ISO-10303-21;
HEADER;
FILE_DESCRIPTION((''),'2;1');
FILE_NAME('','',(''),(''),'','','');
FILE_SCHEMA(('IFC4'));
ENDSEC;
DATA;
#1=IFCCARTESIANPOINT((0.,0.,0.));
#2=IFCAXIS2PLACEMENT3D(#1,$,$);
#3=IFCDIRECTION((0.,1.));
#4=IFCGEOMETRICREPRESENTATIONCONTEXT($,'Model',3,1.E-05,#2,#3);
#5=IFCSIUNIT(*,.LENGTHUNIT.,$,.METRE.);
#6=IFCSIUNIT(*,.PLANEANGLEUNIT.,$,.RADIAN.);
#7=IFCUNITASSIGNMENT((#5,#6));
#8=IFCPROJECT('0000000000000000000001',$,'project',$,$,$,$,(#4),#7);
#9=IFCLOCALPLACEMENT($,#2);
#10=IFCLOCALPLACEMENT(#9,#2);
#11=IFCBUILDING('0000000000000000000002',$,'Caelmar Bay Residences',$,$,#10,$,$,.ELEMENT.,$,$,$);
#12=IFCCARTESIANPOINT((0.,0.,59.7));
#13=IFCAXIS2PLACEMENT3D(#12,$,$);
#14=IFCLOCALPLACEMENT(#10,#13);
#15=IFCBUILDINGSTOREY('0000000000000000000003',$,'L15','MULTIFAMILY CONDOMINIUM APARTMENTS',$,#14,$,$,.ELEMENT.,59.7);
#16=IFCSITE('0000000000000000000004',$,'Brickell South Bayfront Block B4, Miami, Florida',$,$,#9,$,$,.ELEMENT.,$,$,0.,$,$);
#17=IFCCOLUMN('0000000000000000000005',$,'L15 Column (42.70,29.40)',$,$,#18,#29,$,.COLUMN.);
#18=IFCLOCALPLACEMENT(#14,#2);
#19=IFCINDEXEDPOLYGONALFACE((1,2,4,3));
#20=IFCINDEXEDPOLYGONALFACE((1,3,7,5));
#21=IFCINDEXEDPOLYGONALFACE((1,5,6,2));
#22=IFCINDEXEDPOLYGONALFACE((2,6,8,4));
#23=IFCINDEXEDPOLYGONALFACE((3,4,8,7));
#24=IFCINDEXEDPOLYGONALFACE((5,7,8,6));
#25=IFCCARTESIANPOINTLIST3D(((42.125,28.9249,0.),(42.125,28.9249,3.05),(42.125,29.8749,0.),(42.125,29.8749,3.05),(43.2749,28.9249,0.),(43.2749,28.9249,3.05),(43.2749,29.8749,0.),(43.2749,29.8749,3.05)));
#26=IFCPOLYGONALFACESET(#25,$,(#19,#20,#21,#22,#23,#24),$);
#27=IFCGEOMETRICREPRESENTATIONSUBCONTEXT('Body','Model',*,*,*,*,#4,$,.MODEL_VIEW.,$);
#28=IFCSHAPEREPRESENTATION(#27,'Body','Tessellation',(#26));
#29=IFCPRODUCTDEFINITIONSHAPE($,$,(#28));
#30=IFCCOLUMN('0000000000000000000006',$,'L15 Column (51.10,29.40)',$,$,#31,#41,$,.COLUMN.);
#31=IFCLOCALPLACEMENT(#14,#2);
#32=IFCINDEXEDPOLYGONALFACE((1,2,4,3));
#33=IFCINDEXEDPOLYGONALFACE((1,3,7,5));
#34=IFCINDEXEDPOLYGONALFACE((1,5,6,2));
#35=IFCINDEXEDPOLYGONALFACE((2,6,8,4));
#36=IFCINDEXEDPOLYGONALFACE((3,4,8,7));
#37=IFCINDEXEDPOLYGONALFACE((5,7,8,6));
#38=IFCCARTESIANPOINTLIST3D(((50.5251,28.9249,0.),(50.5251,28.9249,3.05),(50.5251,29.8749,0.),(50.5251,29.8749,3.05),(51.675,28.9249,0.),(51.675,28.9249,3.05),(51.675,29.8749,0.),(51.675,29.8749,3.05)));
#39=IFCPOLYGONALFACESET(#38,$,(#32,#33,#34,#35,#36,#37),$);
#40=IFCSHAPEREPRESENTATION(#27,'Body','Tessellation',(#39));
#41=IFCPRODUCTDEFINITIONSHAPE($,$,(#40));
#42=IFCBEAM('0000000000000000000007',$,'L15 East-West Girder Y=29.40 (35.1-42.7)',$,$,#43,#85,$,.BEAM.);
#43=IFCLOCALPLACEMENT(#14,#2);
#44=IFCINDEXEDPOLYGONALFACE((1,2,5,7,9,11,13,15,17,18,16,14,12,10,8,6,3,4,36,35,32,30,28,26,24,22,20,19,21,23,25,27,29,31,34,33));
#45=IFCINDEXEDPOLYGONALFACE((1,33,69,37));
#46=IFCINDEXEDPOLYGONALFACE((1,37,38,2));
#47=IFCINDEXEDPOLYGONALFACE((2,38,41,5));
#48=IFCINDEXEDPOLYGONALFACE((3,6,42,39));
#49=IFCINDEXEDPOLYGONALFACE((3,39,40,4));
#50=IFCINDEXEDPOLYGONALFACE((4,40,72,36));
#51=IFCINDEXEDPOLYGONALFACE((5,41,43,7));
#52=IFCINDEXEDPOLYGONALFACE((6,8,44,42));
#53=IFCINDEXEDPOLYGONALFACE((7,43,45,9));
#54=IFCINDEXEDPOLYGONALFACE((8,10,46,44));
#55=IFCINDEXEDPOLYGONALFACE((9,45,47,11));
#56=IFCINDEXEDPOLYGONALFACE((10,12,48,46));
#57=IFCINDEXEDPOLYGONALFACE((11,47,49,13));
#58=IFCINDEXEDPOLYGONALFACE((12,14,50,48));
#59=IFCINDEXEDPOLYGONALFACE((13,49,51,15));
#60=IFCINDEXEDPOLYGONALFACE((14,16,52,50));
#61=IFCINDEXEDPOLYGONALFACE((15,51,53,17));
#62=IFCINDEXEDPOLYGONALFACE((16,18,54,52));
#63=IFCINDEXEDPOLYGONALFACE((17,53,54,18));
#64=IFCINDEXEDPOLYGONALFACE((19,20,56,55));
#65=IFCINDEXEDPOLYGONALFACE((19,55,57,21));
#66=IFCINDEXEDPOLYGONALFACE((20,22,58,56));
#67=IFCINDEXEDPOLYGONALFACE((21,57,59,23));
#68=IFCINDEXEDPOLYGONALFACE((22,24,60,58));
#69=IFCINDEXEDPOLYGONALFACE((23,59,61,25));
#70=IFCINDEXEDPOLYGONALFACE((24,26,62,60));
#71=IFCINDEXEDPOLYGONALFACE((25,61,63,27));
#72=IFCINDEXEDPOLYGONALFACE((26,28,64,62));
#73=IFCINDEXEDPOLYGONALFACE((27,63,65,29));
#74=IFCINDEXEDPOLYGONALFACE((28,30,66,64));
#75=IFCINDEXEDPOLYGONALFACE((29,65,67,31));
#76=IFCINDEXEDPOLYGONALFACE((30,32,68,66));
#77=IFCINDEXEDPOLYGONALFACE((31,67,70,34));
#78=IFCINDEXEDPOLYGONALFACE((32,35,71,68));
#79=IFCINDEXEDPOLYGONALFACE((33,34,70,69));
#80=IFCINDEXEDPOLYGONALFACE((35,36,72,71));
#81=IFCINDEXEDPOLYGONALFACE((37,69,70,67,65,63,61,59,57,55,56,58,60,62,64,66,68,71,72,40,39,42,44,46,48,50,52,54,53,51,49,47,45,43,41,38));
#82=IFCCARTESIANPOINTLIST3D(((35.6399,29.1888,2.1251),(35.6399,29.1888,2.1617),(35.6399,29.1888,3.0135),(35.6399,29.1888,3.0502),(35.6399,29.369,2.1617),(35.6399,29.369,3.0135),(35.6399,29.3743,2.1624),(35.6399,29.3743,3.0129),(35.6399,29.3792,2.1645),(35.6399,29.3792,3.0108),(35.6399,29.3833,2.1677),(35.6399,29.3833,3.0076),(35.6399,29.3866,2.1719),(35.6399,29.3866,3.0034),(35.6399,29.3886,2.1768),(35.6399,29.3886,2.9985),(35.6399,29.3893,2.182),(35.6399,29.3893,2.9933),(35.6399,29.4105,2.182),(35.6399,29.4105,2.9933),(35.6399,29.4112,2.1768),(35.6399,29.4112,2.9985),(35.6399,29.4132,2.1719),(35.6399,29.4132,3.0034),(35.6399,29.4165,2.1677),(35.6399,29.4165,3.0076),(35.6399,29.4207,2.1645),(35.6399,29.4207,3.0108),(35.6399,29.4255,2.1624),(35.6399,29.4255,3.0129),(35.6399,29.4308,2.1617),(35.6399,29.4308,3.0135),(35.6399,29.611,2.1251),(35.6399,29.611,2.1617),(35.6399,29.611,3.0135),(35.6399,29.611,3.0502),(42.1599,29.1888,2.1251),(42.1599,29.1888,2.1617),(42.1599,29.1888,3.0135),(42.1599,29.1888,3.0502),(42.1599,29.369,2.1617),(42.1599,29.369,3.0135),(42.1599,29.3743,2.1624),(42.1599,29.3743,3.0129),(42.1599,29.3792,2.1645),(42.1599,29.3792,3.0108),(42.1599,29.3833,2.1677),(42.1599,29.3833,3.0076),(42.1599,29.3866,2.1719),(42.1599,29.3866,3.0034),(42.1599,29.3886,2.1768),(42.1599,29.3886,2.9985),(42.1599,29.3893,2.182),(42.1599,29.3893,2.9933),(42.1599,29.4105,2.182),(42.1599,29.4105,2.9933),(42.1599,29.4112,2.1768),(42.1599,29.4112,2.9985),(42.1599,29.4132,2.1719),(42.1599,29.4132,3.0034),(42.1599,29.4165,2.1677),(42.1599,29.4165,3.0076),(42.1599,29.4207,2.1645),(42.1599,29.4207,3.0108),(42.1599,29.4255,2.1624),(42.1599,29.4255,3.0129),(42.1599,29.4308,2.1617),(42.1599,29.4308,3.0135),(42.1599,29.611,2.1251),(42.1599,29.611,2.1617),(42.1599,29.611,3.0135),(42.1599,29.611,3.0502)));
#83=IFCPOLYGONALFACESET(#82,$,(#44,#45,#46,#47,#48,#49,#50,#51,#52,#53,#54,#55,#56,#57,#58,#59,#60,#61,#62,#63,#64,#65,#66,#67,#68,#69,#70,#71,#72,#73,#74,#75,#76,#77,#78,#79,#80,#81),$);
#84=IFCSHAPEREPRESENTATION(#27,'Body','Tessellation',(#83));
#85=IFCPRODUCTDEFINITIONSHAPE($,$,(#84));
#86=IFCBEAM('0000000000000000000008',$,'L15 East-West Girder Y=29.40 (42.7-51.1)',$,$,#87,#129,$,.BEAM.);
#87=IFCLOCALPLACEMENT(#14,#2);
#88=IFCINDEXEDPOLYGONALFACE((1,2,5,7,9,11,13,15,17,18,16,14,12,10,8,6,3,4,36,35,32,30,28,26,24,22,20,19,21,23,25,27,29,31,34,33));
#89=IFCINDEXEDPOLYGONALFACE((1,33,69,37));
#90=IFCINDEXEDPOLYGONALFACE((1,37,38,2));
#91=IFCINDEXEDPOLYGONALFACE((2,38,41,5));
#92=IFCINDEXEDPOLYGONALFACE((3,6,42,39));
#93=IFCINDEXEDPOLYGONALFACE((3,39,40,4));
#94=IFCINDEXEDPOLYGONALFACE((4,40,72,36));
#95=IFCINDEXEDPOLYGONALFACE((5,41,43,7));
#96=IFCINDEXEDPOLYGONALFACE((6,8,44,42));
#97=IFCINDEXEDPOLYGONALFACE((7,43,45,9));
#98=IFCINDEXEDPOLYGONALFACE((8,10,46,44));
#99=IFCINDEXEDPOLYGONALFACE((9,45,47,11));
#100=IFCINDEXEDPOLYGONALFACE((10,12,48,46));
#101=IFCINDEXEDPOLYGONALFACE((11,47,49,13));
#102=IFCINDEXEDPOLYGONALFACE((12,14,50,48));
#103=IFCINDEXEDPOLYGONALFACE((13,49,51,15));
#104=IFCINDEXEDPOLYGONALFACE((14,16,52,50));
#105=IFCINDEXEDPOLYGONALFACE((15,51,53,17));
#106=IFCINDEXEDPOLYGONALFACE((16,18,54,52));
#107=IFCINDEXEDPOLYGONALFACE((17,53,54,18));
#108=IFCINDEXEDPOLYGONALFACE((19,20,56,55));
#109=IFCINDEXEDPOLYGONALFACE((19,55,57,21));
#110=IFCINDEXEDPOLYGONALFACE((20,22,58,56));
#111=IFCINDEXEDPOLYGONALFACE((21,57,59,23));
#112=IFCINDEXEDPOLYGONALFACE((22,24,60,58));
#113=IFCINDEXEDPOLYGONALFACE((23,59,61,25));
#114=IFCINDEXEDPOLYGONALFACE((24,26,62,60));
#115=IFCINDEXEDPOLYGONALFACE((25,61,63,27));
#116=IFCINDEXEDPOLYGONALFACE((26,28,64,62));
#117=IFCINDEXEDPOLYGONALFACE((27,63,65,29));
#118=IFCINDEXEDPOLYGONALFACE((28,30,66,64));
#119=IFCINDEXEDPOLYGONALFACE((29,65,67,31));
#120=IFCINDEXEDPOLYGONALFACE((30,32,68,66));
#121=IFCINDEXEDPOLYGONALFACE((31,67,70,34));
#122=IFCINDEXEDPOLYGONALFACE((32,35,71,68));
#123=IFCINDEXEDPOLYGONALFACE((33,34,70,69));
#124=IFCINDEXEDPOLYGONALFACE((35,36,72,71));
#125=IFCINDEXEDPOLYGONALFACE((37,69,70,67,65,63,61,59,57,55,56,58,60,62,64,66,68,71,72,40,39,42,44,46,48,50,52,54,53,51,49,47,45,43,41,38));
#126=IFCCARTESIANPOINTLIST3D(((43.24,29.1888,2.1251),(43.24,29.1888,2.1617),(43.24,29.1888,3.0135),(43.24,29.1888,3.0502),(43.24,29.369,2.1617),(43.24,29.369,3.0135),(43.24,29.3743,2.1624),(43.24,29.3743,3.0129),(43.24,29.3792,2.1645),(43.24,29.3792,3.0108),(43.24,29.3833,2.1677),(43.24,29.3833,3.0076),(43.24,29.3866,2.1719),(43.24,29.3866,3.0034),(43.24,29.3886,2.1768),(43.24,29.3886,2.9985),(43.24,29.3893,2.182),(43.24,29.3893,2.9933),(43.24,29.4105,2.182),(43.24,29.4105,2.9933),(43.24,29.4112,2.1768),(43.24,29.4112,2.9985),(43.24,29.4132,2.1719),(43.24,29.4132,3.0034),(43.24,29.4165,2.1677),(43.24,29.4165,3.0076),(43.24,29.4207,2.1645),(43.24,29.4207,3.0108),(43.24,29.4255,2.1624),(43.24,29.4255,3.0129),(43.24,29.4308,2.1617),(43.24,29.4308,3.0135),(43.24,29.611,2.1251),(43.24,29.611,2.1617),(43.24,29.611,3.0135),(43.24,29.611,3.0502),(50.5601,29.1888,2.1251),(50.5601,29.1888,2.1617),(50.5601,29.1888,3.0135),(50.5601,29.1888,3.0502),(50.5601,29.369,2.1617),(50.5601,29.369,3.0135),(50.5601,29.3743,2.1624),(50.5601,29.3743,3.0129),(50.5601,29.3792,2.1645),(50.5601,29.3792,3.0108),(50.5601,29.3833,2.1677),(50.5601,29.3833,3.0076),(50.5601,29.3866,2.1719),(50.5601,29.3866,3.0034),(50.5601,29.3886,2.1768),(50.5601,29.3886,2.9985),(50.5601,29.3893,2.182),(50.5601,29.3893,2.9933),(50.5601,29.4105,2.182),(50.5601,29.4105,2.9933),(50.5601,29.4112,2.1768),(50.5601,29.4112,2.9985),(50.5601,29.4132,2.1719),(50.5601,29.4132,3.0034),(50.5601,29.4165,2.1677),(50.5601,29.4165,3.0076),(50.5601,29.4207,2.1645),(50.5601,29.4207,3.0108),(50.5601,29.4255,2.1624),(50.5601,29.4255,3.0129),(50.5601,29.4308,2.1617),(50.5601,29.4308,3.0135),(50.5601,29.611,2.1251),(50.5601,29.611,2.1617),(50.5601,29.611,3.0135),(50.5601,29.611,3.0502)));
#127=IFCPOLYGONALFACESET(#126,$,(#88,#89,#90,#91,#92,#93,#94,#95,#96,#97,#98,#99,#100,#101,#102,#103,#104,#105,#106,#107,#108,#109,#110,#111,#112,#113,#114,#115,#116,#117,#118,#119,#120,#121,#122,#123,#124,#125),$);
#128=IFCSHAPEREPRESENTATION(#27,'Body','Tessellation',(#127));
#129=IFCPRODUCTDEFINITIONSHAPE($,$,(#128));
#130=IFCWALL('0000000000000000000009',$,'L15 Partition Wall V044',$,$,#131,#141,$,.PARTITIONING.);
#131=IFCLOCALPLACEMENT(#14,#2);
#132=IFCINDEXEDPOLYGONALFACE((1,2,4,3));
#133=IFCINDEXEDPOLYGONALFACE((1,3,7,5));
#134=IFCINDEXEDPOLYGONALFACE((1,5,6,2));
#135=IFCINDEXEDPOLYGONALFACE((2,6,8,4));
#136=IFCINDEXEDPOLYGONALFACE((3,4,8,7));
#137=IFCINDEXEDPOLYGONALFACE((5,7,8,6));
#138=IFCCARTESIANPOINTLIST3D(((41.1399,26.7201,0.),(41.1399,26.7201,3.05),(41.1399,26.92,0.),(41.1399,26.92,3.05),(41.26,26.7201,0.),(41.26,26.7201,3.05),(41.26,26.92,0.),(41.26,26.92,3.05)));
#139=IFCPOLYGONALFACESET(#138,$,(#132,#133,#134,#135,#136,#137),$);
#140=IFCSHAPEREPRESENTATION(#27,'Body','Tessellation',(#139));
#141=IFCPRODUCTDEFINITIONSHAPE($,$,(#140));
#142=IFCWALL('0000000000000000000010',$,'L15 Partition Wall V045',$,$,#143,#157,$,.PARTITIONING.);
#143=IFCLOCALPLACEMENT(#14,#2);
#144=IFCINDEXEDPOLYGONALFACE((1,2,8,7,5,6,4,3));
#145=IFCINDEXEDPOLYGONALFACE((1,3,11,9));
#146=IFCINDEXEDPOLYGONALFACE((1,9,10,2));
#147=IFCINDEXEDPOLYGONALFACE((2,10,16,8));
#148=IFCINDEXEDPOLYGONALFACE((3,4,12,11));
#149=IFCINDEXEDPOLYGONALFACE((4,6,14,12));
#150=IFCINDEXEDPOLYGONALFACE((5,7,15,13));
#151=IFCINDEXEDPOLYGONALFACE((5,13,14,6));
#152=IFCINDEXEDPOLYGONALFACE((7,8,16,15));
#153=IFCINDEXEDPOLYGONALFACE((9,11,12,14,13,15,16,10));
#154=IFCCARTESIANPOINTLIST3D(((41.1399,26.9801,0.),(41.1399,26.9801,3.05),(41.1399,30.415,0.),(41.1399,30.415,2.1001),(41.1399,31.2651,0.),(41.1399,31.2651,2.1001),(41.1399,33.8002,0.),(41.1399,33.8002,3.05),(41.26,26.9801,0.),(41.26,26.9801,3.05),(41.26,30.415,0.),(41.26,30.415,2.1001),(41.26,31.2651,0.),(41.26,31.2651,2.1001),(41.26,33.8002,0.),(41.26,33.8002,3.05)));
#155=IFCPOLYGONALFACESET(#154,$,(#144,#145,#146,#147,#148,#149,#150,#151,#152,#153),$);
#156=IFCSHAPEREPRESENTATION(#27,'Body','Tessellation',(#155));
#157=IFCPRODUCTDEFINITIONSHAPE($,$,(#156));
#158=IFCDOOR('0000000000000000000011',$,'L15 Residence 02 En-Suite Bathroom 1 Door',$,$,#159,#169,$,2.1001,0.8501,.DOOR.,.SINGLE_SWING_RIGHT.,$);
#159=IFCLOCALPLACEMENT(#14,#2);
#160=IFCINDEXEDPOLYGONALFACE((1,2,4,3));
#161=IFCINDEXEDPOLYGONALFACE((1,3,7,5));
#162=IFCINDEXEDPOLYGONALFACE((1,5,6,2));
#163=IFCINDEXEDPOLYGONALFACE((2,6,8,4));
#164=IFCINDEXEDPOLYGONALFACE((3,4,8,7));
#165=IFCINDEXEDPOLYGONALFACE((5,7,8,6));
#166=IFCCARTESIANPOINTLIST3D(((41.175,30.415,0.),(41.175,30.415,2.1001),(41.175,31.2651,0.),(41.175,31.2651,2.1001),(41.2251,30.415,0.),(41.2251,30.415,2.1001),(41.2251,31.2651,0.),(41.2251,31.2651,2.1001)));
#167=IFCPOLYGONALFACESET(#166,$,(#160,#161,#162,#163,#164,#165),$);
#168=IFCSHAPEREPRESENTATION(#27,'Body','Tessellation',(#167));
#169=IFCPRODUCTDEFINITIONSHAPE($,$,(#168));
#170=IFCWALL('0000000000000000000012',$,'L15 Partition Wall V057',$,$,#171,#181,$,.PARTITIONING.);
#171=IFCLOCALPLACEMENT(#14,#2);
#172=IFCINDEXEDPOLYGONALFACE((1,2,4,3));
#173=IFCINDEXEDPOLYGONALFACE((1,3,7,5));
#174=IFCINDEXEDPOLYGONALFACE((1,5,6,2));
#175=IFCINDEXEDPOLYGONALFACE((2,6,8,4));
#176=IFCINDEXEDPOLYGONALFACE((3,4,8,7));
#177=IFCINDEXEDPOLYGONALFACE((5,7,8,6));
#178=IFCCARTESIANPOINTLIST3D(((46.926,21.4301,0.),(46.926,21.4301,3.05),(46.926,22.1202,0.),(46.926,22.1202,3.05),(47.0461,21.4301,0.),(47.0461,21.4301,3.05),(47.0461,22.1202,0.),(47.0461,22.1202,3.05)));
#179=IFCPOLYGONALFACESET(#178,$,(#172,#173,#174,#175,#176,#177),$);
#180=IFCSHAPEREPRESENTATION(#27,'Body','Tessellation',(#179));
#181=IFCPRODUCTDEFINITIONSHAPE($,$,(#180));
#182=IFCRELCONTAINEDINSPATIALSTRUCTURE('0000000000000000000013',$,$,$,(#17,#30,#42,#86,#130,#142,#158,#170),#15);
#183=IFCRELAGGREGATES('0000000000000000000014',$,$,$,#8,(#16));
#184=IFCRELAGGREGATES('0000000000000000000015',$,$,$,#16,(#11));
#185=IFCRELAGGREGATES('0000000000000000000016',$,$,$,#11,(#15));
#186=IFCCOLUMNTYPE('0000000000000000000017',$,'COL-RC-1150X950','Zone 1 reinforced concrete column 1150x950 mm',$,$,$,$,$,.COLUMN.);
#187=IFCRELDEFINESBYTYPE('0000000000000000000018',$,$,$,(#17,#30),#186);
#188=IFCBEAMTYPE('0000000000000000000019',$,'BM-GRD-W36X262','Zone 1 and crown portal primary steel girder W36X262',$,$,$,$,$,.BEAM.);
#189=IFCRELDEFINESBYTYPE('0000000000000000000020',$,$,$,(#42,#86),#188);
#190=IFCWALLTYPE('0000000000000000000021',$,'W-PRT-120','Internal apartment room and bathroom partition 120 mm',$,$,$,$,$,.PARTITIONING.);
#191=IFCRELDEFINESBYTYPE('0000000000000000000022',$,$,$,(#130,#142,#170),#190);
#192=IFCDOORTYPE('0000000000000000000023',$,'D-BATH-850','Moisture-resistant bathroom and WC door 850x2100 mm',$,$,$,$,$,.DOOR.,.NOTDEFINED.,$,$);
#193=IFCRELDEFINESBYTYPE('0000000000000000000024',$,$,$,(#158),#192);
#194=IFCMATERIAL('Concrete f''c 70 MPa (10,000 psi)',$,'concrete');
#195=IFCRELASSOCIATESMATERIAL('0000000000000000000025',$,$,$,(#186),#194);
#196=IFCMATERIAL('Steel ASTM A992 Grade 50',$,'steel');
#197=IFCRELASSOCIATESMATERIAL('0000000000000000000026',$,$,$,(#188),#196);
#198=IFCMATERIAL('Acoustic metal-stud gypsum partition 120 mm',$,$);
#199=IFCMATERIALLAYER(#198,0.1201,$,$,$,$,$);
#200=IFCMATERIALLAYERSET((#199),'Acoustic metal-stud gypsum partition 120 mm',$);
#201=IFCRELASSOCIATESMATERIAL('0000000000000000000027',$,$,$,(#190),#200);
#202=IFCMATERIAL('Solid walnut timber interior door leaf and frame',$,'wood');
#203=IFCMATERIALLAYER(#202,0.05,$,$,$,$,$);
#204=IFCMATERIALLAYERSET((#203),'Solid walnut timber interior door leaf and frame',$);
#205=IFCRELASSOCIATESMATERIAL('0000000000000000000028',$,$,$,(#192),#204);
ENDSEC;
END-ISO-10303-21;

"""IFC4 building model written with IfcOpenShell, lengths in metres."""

from ifc_helpers import new_model, si_unit, direction, frame, frame_2d, origin, origin_2d, place, context, subcontext, project, spatial, rectangle, i_section, extrude, material, layer, layer_set, material_profile, profile_set, type_object, element, fill, save


model = new_model("IFC4")

# Units and contexts
model_context = context("Model", 3, precision=1e-05, world=origin(), true_north=direction((0.0, 1.0)))
body_context = subcontext(model_context, "Body", "Model", "MODEL_VIEW")
ifc_project = project(units=[si_unit("LENGTHUNIT", "METRE"), si_unit("PLANEANGLEUNIT", "RADIAN")], contexts=[model_context])

# Site, building, storey
site_placement = place(None, origin())
site = spatial("IfcSite", under=ifc_project, at=site_placement, Name="Brickell South Bayfront Block B4, Miami, Florida", CompositionType="ELEMENT", RefElevation=0.0)
building_placement = place(site_placement, origin())
building = spatial("IfcBuilding", under=site, at=building_placement, Name="Caelmar Bay Residences", CompositionType="ELEMENT")
storey_placement = place(building_placement, frame((0.0, 0.0, 59.7)))
storey = spatial("IfcBuildingStorey", under=building, at=storey_placement, Name="L15", Description="MULTIFAMILY CONDOMINIUM APARTMENTS", CompositionType="ELEMENT", Elevation=59.7)

# Columns
ifc_material_1 = material(Name="Concrete f'c 70 MPa (10,000 psi)", Category="concrete")
ifc_material_profile_1 = material_profile(ifc_material_1, rectangle(XDim=1.1499, YDim=0.95, at=origin_2d()), Name="RC-COL-1150X950")
ifc_profile_set_1 = profile_set([ifc_material_profile_1], Name="Concrete f'c 70 MPa (10,000 psi)")
column_type = type_object("IfcColumnType", Name="COL-RC-1150X950", Description="Zone 1 reinforced concrete column 1150x950 mm", PredefinedType="COLUMN", material=ifc_profile_set_1)
for number, where, z_axis, x_axis, name in (
    (1, (42.7, 29.3999, 0.0), (0.0, 0.0, 1.0), (1.0, 0.0, 0.0), "L15 Column (42.70,29.40)"),
    (2, (51.1001, 29.3999, 0.0), (0.0, 0.0, 1.0), (1.0, 0.0, 0.0), "L15 Column (51.10,29.40)"),
):
    element("IfcColumn", number, at=place(storey_placement, frame(where, z_axis=z_axis, x_axis=x_axis)), inside=storey, type_object=column_type, Name=name, PredefinedType="COLUMN", context=body_context, shape_type="SweptSolid", body=[
        extrude(rectangle(XDim=1.1499, YDim=0.95, at=origin_2d()), origin(), (0.0, 0.0, 1.0), 3.05),
    ])

# Beams
ifc_material_2 = material(Name="Steel ASTM A992 Grade 50", Category="steel")
ifc_material_profile_2 = material_profile(ifc_material_2, i_section(OverallWidth=0.4221, OverallDepth=0.925, WebThickness=0.0212, FlangeThickness=0.0366, FilletRadius=0.0203, at=origin_2d()), Name="W36X262")
ifc_profile_set_2 = profile_set([ifc_material_profile_2], Name="Steel ASTM A992 Grade 50")
beam_type = type_object("IfcBeamType", Name="BM-GRD-W36X262", Description="Zone 1 and crown portal primary steel girder W36X262", PredefinedType="BEAM", material=ifc_profile_set_2)
beam_1_placement = place(storey_placement, frame((35.6399, 29.3999, 2.5876), z_axis=(1.0, 0.0, 0.0), x_axis=(0.0, 1.0, 0.0)))
element("IfcBeam", 3, at=beam_1_placement, inside=storey, type_object=beam_type, Name="L15 East-West Girder Y=29.40 (35.1-42.7)", PredefinedType="BEAM", context=body_context, shape_type="SweptSolid", body=[
    extrude(i_section(OverallWidth=0.4221, OverallDepth=0.925, WebThickness=0.0212, FlangeThickness=0.0366, FilletRadius=0.0203, at=origin_2d()), origin(), (0.0, 0.0, 1.0), 6.52),
])
beam_2_placement = place(storey_placement, frame((43.24, 29.3999, 2.5876), z_axis=(1.0, 0.0, 0.0), x_axis=(0.0, 1.0, 0.0)))
element("IfcBeam", 4, at=beam_2_placement, inside=storey, type_object=beam_type, Name="L15 East-West Girder Y=29.40 (42.7-51.1)", PredefinedType="BEAM", context=body_context, shape_type="SweptSolid", body=[
    extrude(i_section(OverallWidth=0.4221, OverallDepth=0.925, WebThickness=0.0212, FlangeThickness=0.0366, FilletRadius=0.0203, at=origin_2d()), origin(), (0.0, 0.0, 1.0), 7.3201),
])

# Wall
ifc_material_3 = material(Name="Acoustic metal-stud gypsum partition 120 mm")
ifc_layer_1 = layer(ifc_material_3, 0.1201)
ifc_layer_set_1 = layer_set([ifc_layer_1], Name="Acoustic metal-stud gypsum partition 120 mm")
wall_type_1 = type_object("IfcWallType", Name="W-PRT-120", Description="Internal apartment room and bathroom partition 120 mm", PredefinedType="PARTITIONING", material=ifc_layer_set_1)
wall_1_placement = place(storey_placement, frame((41.2, 26.72, 0.0), z_axis=(0.0, 0.0, 1.0), x_axis=(0.0, 1.0, 0.0)))
element("IfcWall", 5, at=wall_1_placement, inside=storey, type_object=wall_type_1, Name="L15 Partition Wall V044", PredefinedType="PARTITIONING", context=body_context, shape_type="SweptSolid", body=[
    extrude(rectangle(XDim=0.2, YDim=0.1201, at=frame_2d((0.1001, 0.0))), origin(), (0.0, 0.0, 1.0), 3.05),
])

# Wall, opening, door
wall_2_placement = place(storey_placement, frame((41.2, 26.98, 0.0), z_axis=(0.0, 0.0, 1.0), x_axis=(0.0, 1.0, 0.0)))
wall_2 = element("IfcWall", 6, at=wall_2_placement, inside=storey, type_object=wall_type_1, Name="L15 Partition Wall V045", PredefinedType="PARTITIONING", context=body_context, shape_type="SweptSolid", body=[
    extrude(rectangle(XDim=6.8201, YDim=0.1201, at=frame_2d((3.4102, 0.0))), origin(), (0.0, 0.0, 1.0), 3.05),
])
opening_1_placement = place(wall_2_placement, frame((3.4351, 0.0, 0.0)))
opening_1 = element("IfcOpeningElement", 7, at=opening_1_placement, cuts=wall_2, PredefinedType="OPENING", context=body_context, shape_type="SweptSolid", body=[
    extrude(rectangle(XDim=0.8501, YDim=2.1001, at=frame_2d((0.425, 1.05))), frame((0.0, 0.0701, 0.0), z_axis=(0.0, -1.0, 0.0), x_axis=(1.0, 0.0, 0.0)), (0.0, 0.0, 1.0), 0.1401),
])
ifc_material_4 = material(Name="Solid walnut timber interior door leaf and frame", Category="wood")
ifc_layer_2 = layer(ifc_material_4, 0.05)
ifc_layer_set_2 = layer_set([ifc_layer_2], Name="Solid walnut timber interior door leaf and frame")
door_type_1 = type_object("IfcDoorType", Name="D-BATH-850", Description="Moisture-resistant bathroom and WC door 850x2100 mm", OperationType="NOTDEFINED", PredefinedType="DOOR", material=ifc_layer_set_2)
door_1_placement = place(opening_1_placement, origin())
door_1 = element("IfcDoor", 8, at=door_1_placement, inside=storey, type_object=door_type_1, Name="L15 Residence 02 En-Suite Bathroom 1 Door", OperationType="SINGLE_SWING_RIGHT", OverallHeight=2.1001, OverallWidth=0.8501, PredefinedType="DOOR", context=body_context, shape_type="SweptSolid", body=[
    extrude(rectangle(XDim=0.8501, YDim=2.1001, at=frame_2d((0.425, 1.05))), frame((0.0, 0.0249, 0.0), z_axis=(0.0, -1.0, 0.0), x_axis=(1.0, 0.0, 0.0)), (0.0, 0.0, 1.0), 0.05),
])
fill(opening_1, door_1)

# Wall
wall_3_placement = place(storey_placement, frame((46.9861, 21.4299, 0.0), z_axis=(0.0, 0.0, 1.0), x_axis=(0.0, 1.0, 0.0)))
element("IfcWall", 9, at=wall_3_placement, inside=storey, type_object=wall_type_1, Name="L15 Partition Wall V057", PredefinedType="PARTITIONING", context=body_context, shape_type="SweptSolid", body=[
    extrude(rectangle(XDim=0.6902, YDim=0.1201, at=frame_2d((0.3452, 0.0))), origin(), (0.0, 0.0, 1.0), 3.05),
])

save(model, "model.ifc")
